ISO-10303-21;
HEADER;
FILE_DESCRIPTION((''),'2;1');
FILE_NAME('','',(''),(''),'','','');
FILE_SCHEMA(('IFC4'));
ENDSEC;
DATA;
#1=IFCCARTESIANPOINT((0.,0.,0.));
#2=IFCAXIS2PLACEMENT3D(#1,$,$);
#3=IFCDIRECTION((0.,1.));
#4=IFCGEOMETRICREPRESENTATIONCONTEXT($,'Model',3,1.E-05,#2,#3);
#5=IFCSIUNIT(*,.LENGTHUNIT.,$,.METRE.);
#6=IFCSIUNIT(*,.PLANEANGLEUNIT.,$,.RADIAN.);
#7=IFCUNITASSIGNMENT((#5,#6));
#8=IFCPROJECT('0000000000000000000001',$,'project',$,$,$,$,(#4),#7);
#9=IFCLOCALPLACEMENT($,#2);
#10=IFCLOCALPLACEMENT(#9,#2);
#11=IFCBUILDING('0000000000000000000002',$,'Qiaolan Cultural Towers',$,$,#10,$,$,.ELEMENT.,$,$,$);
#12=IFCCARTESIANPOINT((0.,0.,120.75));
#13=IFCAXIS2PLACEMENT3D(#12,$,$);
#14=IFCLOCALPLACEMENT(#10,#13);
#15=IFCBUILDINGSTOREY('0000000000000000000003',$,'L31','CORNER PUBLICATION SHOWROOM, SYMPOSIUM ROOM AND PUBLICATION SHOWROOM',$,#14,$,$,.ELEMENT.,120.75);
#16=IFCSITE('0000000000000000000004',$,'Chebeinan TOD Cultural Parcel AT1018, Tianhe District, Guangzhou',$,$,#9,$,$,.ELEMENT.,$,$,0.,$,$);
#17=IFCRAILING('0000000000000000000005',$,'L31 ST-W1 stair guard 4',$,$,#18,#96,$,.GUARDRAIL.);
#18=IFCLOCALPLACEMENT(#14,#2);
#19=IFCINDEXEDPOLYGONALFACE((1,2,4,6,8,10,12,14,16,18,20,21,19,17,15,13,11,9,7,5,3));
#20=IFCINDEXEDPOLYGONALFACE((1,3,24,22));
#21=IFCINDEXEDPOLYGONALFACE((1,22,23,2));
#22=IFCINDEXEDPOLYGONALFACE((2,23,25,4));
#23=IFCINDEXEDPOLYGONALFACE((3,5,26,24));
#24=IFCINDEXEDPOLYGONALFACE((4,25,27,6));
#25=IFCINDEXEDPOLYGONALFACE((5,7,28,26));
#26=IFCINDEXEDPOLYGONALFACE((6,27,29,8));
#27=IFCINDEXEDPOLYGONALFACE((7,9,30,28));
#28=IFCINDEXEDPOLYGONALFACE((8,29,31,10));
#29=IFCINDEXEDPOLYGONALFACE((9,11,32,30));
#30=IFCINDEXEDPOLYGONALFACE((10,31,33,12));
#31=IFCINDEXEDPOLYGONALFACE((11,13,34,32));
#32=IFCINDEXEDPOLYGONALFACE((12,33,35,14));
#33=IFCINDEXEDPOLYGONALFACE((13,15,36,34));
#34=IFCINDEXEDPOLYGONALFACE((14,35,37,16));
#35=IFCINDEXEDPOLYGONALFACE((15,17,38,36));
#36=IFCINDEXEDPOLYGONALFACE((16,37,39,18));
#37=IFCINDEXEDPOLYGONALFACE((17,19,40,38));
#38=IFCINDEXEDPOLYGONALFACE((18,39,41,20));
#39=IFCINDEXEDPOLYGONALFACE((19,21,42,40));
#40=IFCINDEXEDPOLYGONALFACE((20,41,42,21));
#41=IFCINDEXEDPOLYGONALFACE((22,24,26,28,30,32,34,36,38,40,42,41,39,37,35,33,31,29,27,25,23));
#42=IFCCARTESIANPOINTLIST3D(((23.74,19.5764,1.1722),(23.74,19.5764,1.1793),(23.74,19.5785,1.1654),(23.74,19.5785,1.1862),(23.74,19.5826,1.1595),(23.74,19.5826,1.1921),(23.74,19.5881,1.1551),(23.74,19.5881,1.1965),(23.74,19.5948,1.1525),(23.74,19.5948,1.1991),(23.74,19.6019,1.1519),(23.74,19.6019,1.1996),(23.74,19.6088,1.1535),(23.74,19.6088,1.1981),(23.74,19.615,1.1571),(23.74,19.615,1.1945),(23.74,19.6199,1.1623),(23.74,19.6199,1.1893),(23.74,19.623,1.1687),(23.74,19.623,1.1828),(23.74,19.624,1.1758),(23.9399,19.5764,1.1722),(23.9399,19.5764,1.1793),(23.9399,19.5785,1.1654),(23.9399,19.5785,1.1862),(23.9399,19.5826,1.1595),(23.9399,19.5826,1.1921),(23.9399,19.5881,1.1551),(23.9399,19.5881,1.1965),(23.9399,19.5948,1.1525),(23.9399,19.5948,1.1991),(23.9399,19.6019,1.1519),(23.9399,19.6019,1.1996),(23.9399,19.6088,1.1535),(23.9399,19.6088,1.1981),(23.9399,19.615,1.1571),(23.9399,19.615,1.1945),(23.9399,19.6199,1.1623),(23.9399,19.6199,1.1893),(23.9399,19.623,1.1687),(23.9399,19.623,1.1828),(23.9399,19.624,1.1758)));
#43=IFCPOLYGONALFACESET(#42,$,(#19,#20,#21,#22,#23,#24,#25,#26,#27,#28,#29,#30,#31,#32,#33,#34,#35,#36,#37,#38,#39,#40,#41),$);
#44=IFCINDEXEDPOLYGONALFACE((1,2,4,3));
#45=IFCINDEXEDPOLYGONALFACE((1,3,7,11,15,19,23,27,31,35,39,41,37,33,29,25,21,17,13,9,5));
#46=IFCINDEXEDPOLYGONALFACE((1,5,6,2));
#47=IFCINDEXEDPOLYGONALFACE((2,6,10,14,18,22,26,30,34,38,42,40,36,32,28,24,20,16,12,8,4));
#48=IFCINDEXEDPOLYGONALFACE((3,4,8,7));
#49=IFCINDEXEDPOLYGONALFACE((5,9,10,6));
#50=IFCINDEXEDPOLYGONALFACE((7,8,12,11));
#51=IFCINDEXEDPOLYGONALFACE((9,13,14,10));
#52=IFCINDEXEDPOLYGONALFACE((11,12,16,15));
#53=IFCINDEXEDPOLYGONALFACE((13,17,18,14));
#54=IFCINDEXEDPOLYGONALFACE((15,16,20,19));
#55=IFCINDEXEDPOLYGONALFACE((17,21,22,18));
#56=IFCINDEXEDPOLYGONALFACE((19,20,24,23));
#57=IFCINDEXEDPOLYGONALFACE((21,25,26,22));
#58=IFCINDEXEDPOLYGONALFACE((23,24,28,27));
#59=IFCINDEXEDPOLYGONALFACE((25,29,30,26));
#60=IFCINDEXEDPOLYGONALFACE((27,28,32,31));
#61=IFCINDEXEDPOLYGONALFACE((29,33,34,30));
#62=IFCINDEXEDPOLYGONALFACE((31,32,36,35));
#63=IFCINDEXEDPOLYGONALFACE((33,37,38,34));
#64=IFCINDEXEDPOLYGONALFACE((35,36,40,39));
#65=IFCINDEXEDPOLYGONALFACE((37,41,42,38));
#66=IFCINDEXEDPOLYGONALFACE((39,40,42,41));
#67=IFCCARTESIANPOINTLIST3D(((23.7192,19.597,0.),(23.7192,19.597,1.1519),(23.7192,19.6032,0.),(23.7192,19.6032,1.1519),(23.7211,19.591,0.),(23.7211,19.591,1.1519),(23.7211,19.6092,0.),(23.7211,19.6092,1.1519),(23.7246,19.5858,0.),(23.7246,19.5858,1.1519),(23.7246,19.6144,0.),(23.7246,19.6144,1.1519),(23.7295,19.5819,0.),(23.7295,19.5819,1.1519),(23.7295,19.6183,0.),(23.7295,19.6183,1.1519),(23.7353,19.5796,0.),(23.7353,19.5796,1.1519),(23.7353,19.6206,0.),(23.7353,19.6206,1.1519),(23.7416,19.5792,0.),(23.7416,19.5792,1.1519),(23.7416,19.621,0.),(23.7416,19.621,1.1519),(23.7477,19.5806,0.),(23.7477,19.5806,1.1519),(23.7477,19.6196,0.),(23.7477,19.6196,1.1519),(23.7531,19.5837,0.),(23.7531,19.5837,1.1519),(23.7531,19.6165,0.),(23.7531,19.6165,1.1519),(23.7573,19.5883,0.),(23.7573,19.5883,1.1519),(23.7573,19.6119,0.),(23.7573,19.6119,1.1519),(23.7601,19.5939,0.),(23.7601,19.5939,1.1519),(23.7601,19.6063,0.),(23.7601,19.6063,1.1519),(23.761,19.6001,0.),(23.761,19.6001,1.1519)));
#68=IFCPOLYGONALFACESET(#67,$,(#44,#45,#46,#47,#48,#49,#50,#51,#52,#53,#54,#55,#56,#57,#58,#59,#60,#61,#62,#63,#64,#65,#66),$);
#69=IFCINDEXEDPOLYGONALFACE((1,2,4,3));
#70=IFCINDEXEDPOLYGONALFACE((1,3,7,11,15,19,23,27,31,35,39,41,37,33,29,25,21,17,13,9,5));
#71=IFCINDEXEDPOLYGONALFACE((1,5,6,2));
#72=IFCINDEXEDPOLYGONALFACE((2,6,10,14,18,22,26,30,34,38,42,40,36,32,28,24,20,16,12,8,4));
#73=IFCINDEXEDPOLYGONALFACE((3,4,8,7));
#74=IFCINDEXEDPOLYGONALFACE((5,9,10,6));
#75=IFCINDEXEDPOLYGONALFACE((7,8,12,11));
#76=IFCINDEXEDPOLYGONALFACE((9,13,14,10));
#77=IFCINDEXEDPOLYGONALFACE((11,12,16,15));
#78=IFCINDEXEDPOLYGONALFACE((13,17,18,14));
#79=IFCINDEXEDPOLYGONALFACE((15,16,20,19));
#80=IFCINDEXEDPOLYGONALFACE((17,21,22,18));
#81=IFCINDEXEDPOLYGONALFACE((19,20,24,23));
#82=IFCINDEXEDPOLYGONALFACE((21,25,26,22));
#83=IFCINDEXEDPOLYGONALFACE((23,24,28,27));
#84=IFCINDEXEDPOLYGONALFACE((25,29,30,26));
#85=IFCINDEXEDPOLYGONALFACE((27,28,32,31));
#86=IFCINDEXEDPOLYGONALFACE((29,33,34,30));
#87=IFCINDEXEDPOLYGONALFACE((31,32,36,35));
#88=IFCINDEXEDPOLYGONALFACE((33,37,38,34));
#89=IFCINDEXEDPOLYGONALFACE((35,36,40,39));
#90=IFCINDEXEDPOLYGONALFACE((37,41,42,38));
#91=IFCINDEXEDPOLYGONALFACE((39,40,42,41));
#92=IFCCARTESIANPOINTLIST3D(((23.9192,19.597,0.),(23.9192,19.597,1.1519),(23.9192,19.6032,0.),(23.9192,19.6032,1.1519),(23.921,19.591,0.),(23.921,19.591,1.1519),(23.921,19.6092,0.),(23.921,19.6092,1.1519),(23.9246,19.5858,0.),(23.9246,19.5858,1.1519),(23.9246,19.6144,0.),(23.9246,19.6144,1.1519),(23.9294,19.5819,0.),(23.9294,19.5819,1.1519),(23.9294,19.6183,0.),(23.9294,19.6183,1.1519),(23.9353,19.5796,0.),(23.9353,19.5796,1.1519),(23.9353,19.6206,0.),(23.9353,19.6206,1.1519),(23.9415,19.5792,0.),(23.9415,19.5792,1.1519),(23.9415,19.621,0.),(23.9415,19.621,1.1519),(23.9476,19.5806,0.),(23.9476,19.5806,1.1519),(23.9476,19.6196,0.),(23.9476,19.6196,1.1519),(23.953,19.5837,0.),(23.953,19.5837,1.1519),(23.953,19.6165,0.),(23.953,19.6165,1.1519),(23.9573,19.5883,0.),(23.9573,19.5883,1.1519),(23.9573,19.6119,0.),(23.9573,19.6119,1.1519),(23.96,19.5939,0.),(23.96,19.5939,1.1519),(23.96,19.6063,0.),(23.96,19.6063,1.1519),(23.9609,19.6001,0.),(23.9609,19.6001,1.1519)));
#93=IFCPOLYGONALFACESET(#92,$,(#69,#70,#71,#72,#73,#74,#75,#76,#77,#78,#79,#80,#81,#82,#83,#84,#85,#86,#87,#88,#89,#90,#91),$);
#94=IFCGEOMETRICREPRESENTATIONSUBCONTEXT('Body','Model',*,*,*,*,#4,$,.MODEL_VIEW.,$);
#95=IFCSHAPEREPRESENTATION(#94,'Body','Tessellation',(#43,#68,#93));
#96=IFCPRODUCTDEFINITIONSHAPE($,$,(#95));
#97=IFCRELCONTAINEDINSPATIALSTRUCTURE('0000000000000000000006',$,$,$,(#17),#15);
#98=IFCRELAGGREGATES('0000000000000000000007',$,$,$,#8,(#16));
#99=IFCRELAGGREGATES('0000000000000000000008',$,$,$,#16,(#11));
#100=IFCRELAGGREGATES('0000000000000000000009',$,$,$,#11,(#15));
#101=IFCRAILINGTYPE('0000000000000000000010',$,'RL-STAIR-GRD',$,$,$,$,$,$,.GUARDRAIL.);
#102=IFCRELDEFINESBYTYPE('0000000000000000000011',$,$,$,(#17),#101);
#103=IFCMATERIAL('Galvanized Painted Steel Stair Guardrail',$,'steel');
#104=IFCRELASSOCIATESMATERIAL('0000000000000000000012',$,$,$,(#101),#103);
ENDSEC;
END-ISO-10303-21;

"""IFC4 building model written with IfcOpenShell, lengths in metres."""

from ifc_helpers import new_model, si_unit, direction, frame, origin, origin_2d, place, context, subcontext, project, spatial, circle, extrude, material, type_object, element, save


model = new_model("IFC4")

# Units and contexts
model_context = context("Model", 3, precision=1e-05, world=origin(), true_north=direction((0.0, 1.0)))
body_context = subcontext(model_context, "Body", "Model", "MODEL_VIEW")
ifc_project = project(units=[si_unit("LENGTHUNIT", "METRE"), si_unit("PLANEANGLEUNIT", "RADIAN")], contexts=[model_context])

# Site, building, storey
site_placement = place(None, origin())
site = spatial("IfcSite", under=ifc_project, at=site_placement, Name="Chebeinan TOD Cultural Parcel AT1018, Tianhe District, Guangzhou", CompositionType="ELEMENT", RefElevation=0.0)
building_placement = place(site_placement, origin())
building = spatial("IfcBuilding", under=site, at=building_placement, Name="Qiaolan Cultural Towers", CompositionType="ELEMENT")
storey_placement = place(building_placement, frame((0.0, 0.0, 120.75)))
storey = spatial("IfcBuildingStorey", under=building, at=storey_placement, Name="L31", Description="CORNER PUBLICATION SHOWROOM, SYMPOSIUM ROOM AND PUBLICATION SHOWROOM", CompositionType="ELEMENT", Elevation=120.75)

# Railing
ifc_material_1 = material(Name="Galvanized Painted Steel Stair Guardrail", Category="steel")
railing_type_1 = type_object("IfcRailingType", Name="RL-STAIR-GRD", PredefinedType="GUARDRAIL", material=ifc_material_1)
railing_1_placement = place(storey_placement, frame((23.74, 19.6001, 0.0)))
element("IfcRailing", 1, at=railing_1_placement, inside=storey, type_object=railing_type_1, Name="L31 ST-W1 stair guard 4", PredefinedType="GUARDRAIL", context=body_context, shape_type="SweptSolid", body=[
    extrude(circle(Radius=0.0239, at=origin_2d()), frame((0.0, 0.0, 1.1758), z_axis=(1.0, 0.0, 0.0), x_axis=(0.0, 1.0, 0.0)), (0.0, 0.0, 1.0), 0.2),
    extrude(circle(Radius=0.021, at=origin_2d()), origin(), (0.0, 0.0, 1.0), 1.1519),
    extrude(circle(Radius=0.021, at=origin_2d()), frame((0.2, 0.0, 0.0)), (0.0, 0.0, 1.0), 1.1519),
])

save(model, "model.ifc")
